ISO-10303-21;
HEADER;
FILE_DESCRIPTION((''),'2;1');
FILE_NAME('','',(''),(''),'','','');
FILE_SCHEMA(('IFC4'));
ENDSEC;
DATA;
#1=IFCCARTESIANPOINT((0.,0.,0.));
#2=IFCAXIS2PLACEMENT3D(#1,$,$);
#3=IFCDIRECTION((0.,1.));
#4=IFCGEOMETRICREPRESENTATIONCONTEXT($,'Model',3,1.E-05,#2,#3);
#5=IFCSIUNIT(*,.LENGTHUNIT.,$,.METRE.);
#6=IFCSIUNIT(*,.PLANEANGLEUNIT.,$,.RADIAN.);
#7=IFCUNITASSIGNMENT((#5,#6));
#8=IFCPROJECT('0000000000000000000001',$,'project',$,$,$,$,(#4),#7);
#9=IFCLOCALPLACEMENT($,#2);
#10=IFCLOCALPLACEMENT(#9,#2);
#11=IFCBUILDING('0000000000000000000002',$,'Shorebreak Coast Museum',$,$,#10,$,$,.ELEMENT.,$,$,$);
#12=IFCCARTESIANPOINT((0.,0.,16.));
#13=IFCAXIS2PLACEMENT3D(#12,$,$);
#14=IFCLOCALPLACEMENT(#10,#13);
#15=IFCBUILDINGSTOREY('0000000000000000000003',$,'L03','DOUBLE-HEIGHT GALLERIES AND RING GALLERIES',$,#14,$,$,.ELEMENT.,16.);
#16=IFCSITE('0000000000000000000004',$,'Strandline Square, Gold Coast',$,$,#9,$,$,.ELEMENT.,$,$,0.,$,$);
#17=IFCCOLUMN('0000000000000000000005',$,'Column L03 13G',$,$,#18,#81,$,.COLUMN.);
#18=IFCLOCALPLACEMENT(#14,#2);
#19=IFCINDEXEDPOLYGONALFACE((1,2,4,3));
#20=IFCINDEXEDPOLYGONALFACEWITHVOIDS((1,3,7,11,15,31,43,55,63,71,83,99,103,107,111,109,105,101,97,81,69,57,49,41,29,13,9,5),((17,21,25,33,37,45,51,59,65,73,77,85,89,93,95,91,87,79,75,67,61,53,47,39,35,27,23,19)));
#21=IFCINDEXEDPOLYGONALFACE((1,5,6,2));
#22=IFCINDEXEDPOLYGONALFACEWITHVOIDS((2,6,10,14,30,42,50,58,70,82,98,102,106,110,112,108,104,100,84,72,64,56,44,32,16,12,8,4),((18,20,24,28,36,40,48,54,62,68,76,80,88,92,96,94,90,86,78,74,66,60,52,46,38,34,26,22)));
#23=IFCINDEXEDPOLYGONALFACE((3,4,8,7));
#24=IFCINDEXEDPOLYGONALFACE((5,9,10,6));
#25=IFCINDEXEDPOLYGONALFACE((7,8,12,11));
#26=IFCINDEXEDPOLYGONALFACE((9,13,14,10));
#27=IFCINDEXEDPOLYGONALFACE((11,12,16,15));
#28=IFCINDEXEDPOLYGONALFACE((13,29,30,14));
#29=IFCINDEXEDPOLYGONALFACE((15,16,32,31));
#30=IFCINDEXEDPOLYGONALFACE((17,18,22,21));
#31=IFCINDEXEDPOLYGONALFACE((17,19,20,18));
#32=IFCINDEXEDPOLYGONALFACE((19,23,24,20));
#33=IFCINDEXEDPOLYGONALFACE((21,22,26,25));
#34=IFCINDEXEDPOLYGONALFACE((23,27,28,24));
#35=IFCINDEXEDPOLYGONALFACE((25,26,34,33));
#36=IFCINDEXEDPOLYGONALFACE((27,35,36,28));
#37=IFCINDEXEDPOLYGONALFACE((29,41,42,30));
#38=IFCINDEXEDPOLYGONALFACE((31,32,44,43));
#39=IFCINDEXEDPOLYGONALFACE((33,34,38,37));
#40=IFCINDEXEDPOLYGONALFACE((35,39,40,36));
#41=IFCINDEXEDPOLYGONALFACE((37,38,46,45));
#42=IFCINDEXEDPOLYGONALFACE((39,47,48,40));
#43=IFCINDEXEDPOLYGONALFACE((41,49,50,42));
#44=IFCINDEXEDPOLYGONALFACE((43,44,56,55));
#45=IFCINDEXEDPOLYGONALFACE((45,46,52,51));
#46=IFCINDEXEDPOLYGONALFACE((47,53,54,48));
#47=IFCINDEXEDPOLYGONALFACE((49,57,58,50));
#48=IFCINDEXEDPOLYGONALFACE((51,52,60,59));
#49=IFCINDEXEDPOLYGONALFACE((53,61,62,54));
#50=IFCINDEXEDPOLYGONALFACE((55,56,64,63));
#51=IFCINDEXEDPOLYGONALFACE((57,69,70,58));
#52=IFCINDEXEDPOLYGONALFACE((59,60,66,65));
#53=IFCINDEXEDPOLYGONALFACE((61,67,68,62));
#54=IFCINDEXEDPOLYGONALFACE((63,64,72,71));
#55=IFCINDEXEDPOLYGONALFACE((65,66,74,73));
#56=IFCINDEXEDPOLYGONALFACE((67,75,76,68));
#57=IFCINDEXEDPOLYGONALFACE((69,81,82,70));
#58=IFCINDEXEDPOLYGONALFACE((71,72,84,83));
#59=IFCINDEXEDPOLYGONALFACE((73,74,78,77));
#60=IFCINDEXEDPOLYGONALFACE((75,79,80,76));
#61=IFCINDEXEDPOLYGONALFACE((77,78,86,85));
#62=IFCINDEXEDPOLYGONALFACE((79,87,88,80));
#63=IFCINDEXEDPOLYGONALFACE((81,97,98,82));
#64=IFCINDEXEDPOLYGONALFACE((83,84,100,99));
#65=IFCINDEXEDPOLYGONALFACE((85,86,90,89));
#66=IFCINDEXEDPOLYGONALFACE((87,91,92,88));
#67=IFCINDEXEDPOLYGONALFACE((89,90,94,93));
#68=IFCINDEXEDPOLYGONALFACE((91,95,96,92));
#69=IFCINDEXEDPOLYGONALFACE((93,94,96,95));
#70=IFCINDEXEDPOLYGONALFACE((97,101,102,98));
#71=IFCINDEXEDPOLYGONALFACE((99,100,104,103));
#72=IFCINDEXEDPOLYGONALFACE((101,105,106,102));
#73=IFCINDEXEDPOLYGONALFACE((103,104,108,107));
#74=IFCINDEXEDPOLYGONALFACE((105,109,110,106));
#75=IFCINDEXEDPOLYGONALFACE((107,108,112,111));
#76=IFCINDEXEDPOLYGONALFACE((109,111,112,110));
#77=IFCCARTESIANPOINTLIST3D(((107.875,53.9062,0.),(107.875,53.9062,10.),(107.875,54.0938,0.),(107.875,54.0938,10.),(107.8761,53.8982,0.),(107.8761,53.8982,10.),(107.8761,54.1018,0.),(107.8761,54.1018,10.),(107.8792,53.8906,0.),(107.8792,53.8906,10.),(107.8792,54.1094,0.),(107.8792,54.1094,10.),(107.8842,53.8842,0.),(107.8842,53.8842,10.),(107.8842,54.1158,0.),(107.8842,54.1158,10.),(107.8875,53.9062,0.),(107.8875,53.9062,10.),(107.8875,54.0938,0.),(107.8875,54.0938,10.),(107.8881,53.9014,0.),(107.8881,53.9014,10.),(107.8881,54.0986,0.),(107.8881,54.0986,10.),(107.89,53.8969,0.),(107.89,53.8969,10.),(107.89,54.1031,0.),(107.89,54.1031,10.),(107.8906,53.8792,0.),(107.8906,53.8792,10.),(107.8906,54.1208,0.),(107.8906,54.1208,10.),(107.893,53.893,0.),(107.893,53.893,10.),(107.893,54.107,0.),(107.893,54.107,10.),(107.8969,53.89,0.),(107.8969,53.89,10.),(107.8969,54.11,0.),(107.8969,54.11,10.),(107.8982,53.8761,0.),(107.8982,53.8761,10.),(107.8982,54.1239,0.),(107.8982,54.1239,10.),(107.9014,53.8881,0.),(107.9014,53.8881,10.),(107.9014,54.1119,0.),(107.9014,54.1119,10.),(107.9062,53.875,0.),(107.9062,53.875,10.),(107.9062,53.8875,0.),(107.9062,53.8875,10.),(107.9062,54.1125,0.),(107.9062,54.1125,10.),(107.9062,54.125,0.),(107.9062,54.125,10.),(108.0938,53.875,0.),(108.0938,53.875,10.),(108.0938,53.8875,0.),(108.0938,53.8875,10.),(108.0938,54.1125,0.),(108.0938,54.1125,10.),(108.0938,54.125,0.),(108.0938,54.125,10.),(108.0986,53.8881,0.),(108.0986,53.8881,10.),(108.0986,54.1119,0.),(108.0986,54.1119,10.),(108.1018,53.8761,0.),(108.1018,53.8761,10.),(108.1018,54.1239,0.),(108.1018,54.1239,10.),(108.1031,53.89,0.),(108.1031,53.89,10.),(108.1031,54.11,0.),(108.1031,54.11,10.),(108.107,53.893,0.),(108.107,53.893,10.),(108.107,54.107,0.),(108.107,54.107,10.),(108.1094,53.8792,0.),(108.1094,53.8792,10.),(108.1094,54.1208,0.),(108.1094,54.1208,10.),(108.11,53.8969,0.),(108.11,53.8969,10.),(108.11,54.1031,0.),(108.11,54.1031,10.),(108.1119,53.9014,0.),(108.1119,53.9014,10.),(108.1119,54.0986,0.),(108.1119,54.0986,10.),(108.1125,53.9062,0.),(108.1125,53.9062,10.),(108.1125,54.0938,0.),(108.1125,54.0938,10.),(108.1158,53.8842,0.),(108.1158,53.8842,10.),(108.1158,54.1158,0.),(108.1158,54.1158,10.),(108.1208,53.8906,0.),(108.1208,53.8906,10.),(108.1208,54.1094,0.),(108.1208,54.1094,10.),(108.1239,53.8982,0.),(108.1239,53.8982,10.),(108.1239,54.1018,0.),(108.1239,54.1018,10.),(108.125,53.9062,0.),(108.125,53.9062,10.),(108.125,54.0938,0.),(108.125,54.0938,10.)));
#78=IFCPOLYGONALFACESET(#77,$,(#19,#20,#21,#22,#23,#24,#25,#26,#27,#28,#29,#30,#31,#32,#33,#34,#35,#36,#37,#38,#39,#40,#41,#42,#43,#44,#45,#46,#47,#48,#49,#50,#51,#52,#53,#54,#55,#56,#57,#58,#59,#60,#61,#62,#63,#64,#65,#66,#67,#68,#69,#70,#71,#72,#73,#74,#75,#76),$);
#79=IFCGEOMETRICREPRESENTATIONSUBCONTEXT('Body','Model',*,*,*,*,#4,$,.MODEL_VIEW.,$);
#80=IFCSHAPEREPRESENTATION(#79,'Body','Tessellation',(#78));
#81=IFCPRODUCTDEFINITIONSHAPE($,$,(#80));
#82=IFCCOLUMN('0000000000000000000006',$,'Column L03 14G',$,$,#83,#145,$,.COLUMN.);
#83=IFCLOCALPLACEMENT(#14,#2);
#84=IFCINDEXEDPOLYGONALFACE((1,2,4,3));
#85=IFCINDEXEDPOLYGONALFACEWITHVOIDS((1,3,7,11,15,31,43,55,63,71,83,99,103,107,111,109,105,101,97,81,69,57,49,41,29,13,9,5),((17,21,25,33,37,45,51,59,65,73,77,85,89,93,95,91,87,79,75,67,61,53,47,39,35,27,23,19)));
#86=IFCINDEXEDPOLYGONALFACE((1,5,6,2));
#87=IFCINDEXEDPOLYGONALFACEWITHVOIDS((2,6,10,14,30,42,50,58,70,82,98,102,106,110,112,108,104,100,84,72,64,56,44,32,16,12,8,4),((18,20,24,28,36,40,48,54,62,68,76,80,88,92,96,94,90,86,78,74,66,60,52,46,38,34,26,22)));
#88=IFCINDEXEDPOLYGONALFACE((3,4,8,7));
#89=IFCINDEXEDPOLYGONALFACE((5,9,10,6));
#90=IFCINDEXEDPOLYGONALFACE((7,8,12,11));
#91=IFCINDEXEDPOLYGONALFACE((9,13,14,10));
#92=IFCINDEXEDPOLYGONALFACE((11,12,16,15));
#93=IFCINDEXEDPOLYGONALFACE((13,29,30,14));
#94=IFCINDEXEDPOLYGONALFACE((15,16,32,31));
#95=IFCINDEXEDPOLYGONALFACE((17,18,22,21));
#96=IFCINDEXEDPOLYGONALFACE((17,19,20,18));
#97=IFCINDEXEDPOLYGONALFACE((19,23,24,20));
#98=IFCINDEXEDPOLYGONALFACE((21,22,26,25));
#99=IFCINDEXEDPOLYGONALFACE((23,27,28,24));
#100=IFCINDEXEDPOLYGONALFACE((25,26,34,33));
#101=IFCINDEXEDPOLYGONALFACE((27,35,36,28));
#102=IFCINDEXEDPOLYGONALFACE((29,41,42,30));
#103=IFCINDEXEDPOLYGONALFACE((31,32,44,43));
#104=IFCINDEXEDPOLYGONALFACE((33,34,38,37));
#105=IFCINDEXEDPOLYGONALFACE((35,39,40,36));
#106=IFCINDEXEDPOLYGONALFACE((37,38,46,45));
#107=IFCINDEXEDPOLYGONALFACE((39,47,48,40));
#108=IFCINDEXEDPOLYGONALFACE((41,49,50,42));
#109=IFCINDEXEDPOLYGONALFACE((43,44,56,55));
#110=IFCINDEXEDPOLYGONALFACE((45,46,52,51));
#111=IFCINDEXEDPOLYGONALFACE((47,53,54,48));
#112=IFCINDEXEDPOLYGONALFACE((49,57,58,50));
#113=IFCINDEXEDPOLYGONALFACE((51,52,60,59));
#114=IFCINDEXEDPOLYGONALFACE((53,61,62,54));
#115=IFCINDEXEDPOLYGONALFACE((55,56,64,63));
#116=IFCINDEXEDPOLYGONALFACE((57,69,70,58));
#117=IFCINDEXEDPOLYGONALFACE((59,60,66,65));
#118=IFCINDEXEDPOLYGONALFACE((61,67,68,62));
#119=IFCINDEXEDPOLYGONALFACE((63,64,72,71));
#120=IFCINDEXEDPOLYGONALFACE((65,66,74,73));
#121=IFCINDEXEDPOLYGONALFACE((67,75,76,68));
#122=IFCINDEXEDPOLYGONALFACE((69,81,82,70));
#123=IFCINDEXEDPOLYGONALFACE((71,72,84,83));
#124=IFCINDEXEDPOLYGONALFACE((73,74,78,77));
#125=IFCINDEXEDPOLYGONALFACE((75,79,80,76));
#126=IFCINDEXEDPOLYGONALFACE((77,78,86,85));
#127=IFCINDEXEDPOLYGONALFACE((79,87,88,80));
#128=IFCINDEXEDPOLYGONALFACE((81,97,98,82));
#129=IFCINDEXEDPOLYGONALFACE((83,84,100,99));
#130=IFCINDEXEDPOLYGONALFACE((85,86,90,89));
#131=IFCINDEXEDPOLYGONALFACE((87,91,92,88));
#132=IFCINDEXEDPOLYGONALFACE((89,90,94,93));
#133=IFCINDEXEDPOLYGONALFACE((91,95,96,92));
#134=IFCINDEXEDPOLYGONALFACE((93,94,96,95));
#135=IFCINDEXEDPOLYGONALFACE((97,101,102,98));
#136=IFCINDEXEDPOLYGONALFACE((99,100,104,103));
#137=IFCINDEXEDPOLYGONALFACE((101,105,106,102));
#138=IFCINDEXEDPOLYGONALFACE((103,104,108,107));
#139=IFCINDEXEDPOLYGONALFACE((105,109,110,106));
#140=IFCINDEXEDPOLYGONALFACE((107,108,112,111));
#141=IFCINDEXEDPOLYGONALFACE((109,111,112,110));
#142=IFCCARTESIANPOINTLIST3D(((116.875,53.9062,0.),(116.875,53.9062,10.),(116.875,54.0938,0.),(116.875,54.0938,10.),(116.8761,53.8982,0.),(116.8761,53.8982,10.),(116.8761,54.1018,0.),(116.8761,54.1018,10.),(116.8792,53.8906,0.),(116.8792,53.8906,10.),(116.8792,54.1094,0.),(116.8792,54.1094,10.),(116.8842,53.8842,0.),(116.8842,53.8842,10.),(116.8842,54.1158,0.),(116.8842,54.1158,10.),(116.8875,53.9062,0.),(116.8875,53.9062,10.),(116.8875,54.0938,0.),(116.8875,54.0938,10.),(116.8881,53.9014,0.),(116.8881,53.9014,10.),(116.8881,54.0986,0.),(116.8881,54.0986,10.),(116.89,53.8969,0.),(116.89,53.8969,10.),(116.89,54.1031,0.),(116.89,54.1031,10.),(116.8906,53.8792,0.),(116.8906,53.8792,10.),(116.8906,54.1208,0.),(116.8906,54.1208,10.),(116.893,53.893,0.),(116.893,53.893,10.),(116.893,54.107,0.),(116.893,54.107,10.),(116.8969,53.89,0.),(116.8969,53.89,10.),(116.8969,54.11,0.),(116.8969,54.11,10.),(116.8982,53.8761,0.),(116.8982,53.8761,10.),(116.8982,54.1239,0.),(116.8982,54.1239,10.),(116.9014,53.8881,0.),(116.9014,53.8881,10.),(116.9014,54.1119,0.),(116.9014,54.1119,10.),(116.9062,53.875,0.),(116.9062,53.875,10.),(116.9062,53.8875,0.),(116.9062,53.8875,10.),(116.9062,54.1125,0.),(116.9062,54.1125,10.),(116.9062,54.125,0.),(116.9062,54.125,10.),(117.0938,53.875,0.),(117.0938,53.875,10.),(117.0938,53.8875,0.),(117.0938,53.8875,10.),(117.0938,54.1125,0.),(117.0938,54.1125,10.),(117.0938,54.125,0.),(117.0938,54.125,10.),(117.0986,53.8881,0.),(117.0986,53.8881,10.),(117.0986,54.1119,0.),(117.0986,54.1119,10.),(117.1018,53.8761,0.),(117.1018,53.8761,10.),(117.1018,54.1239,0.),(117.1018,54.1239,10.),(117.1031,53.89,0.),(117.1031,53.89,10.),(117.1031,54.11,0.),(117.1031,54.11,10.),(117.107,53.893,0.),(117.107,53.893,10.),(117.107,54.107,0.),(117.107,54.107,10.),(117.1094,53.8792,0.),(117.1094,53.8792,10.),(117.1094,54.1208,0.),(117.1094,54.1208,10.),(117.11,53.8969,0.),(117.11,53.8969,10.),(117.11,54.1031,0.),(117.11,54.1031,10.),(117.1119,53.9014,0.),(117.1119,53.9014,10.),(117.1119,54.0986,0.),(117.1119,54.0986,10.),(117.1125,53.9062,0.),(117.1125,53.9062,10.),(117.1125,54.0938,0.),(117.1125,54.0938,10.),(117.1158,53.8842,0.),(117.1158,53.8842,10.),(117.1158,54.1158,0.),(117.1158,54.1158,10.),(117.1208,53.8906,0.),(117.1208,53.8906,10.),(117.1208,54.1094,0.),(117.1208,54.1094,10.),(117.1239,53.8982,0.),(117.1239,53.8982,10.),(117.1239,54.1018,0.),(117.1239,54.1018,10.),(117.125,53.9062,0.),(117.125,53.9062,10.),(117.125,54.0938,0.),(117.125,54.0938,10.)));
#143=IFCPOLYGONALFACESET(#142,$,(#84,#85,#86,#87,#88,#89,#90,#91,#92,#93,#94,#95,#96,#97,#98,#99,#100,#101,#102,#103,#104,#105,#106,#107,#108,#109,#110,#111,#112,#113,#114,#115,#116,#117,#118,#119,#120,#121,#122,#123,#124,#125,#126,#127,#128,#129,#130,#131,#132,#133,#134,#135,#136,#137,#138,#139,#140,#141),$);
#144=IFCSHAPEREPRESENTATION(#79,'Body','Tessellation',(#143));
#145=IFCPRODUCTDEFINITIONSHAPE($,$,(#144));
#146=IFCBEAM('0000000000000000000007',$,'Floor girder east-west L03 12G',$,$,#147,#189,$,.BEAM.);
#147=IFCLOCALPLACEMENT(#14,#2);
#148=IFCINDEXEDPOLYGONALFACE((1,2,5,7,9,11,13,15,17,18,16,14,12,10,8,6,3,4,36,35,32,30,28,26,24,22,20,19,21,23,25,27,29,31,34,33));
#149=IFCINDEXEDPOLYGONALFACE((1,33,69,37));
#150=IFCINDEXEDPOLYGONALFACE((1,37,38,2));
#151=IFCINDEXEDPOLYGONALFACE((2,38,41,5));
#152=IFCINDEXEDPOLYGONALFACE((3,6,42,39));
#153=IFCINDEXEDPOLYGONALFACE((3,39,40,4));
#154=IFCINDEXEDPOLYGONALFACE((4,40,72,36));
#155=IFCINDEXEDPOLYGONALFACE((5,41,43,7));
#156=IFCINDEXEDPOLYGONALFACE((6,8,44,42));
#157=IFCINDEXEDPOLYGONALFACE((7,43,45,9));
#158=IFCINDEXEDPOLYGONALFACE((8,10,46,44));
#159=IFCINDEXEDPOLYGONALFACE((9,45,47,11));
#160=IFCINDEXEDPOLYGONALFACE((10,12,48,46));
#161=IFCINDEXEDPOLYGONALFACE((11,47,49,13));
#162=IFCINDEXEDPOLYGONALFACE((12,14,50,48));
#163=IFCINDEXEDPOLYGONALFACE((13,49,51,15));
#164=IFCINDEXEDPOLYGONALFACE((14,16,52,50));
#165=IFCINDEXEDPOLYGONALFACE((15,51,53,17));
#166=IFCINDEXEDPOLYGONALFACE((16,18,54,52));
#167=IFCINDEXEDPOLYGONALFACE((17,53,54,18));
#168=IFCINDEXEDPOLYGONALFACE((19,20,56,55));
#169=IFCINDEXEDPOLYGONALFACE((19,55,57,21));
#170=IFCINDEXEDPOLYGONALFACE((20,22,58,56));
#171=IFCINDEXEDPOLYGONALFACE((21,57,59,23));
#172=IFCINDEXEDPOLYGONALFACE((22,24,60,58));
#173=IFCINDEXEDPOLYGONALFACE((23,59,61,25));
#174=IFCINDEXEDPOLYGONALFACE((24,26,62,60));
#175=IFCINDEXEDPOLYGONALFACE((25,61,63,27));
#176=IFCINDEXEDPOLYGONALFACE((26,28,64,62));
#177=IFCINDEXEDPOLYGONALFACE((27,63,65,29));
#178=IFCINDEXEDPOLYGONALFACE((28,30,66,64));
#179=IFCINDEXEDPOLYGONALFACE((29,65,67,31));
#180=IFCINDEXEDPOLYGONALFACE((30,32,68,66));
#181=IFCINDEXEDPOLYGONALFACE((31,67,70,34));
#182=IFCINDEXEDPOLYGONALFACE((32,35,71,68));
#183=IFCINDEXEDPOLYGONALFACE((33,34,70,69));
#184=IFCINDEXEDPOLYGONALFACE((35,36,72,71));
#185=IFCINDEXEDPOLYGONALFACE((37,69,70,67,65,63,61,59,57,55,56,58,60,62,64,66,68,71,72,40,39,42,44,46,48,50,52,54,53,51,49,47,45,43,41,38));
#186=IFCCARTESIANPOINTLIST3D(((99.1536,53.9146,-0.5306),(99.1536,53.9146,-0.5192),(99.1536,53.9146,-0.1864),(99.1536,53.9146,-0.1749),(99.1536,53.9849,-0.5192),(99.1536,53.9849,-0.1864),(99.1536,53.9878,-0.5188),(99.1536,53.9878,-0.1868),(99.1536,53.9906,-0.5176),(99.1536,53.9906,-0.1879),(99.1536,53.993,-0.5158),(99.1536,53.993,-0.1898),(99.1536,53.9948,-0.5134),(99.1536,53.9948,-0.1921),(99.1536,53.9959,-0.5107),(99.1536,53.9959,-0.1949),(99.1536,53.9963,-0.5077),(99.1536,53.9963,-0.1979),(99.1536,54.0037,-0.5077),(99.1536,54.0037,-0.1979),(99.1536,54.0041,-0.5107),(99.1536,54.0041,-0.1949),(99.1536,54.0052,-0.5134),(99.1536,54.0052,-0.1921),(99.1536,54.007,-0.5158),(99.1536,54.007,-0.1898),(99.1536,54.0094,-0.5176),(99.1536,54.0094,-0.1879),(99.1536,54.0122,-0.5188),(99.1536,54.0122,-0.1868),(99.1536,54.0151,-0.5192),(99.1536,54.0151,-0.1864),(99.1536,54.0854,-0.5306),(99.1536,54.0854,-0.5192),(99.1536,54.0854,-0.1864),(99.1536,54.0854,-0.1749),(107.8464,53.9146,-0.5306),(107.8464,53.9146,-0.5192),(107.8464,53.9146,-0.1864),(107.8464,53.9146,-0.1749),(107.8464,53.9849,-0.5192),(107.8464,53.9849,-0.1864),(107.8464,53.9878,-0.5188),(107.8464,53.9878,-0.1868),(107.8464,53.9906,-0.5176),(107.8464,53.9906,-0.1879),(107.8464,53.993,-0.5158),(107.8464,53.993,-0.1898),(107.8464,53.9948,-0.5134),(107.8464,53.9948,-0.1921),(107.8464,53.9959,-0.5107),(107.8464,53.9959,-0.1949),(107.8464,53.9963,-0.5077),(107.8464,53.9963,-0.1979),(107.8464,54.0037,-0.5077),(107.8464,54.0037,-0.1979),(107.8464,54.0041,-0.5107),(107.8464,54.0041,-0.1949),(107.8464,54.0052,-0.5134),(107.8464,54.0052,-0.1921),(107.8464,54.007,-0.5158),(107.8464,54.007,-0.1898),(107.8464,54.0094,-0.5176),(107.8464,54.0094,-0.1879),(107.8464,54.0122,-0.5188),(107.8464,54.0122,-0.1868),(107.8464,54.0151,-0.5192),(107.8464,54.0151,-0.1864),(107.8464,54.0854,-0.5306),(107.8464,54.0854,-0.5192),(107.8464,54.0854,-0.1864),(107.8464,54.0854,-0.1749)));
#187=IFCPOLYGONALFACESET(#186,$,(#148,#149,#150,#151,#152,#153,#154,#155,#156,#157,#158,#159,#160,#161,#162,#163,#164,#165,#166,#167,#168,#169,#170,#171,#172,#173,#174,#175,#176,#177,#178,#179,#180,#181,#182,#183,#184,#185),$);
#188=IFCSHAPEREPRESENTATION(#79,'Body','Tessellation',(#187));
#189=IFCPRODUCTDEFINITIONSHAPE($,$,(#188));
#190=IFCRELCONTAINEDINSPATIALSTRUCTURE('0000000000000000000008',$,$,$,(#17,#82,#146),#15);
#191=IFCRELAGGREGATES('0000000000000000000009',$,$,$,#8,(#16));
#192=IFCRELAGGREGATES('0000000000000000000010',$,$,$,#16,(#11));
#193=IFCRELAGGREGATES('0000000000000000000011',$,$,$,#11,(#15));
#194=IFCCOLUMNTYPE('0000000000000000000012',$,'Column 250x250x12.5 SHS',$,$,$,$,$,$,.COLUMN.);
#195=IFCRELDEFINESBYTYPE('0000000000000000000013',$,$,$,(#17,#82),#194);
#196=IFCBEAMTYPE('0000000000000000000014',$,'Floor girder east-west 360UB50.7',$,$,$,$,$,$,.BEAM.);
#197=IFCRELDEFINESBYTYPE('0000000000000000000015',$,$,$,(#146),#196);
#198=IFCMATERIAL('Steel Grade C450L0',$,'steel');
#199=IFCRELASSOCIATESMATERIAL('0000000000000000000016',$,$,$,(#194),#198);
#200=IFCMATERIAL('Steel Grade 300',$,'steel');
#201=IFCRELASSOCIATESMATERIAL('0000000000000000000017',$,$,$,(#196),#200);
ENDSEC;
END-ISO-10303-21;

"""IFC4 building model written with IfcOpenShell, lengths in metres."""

from ifc_helpers import new_model, si_unit, direction, frame, origin, origin_2d, place, context, subcontext, project, spatial, hollow_rectangle, i_section, extrude, material, material_profile, profile_set, type_object, element, save


model = new_model("IFC4")

# Units and contexts
model_context = context("Model", 3, precision=1e-05, world=origin(), true_north=direction((0.0, 1.0)))
body_context = subcontext(model_context, "Body", "Model", "MODEL_VIEW")
ifc_project = project(units=[si_unit("LENGTHUNIT", "METRE"), si_unit("PLANEANGLEUNIT", "RADIAN")], contexts=[model_context])

# Site, building, storey
site_placement = place(None, origin())
site = spatial("IfcSite", under=ifc_project, at=site_placement, Name="Strandline Square, Gold Coast", CompositionType="ELEMENT", RefElevation=0.0)
building_placement = place(site_placement, origin())
building = spatial("IfcBuilding", under=site, at=building_placement, Name="Shorebreak Coast Museum", CompositionType="ELEMENT")
storey_placement = place(building_placement, frame((0.0, 0.0, 16.0)))
storey = spatial("IfcBuildingStorey", under=building, at=storey_placement, Name="L03", Description="DOUBLE-HEIGHT GALLERIES AND RING GALLERIES", CompositionType="ELEMENT", Elevation=16.0)

# Columns
ifc_material_1 = material(Name="Steel Grade C450L0", Category="steel")
ifc_material_profile_1 = material_profile(ifc_material_1, hollow_rectangle(XDim=0.25, YDim=0.25, WallThickness=0.0125, InnerFilletRadius=0.0188, OuterFilletRadius=0.0312, at=origin_2d()), Name="250x250x12.5 SHS")
ifc_profile_set_1 = profile_set([ifc_material_profile_1], Name="Steel Grade C450L0")
column_type = type_object("IfcColumnType", Name="Column 250x250x12.5 SHS", PredefinedType="COLUMN", material=ifc_profile_set_1)
for number, where, z_axis, x_axis, name in (
    (1, (108.0, 54.0, 0.0), (0.0, 0.0, 1.0), (1.0, 0.0, 0.0), "Column L03 13G"),
    (2, (117.0, 54.0, 0.0), (0.0, 0.0, 1.0), (1.0, 0.0, 0.0), "Column L03 14G"),
):
    element("IfcColumn", number, at=place(storey_placement, frame(where, z_axis=z_axis, x_axis=x_axis)), inside=storey, type_object=column_type, Name=name, PredefinedType="COLUMN", context=body_context, shape_type="SweptSolid", body=[
        extrude(hollow_rectangle(XDim=0.25, YDim=0.25, WallThickness=0.0125, InnerFilletRadius=0.0188, OuterFilletRadius=0.0312, at=origin_2d()), origin(), (0.0, 0.0, 1.0), 10.0),
    ])

# Beam
ifc_material_2 = material(Name="Steel Grade 300", Category="steel")
ifc_material_profile_2 = material_profile(ifc_material_2, i_section(OverallWidth=0.1709, OverallDepth=0.3557, WebThickness=0.0073, FlangeThickness=0.0115, FilletRadius=0.0115, at=origin_2d()), Name="360UB50.7")
ifc_profile_set_2 = profile_set([ifc_material_profile_2], Name="Steel Grade 300")
beam_type_1 = type_object("IfcBeamType", Name="Floor girder east-west 360UB50.7", PredefinedType="BEAM", material=ifc_profile_set_2)
beam_1_placement = place(storey_placement, frame((99.1536, 54.0, -0.3528), z_axis=(1.0, 0.0, 0.0), x_axis=(0.0, 1.0, 0.0)))
element("IfcBeam", 3, at=beam_1_placement, inside=storey, type_object=beam_type_1, Name="Floor girder east-west L03 12G", PredefinedType="BEAM", context=body_context, shape_type="SweptSolid", body=[
    extrude(i_section(OverallWidth=0.1709, OverallDepth=0.3557, WebThickness=0.0073, FlangeThickness=0.0115, FilletRadius=0.0115, at=origin_2d()), origin(), (0.0, 0.0, 1.0), 8.6929),
])

save(model, "model.ifc")
